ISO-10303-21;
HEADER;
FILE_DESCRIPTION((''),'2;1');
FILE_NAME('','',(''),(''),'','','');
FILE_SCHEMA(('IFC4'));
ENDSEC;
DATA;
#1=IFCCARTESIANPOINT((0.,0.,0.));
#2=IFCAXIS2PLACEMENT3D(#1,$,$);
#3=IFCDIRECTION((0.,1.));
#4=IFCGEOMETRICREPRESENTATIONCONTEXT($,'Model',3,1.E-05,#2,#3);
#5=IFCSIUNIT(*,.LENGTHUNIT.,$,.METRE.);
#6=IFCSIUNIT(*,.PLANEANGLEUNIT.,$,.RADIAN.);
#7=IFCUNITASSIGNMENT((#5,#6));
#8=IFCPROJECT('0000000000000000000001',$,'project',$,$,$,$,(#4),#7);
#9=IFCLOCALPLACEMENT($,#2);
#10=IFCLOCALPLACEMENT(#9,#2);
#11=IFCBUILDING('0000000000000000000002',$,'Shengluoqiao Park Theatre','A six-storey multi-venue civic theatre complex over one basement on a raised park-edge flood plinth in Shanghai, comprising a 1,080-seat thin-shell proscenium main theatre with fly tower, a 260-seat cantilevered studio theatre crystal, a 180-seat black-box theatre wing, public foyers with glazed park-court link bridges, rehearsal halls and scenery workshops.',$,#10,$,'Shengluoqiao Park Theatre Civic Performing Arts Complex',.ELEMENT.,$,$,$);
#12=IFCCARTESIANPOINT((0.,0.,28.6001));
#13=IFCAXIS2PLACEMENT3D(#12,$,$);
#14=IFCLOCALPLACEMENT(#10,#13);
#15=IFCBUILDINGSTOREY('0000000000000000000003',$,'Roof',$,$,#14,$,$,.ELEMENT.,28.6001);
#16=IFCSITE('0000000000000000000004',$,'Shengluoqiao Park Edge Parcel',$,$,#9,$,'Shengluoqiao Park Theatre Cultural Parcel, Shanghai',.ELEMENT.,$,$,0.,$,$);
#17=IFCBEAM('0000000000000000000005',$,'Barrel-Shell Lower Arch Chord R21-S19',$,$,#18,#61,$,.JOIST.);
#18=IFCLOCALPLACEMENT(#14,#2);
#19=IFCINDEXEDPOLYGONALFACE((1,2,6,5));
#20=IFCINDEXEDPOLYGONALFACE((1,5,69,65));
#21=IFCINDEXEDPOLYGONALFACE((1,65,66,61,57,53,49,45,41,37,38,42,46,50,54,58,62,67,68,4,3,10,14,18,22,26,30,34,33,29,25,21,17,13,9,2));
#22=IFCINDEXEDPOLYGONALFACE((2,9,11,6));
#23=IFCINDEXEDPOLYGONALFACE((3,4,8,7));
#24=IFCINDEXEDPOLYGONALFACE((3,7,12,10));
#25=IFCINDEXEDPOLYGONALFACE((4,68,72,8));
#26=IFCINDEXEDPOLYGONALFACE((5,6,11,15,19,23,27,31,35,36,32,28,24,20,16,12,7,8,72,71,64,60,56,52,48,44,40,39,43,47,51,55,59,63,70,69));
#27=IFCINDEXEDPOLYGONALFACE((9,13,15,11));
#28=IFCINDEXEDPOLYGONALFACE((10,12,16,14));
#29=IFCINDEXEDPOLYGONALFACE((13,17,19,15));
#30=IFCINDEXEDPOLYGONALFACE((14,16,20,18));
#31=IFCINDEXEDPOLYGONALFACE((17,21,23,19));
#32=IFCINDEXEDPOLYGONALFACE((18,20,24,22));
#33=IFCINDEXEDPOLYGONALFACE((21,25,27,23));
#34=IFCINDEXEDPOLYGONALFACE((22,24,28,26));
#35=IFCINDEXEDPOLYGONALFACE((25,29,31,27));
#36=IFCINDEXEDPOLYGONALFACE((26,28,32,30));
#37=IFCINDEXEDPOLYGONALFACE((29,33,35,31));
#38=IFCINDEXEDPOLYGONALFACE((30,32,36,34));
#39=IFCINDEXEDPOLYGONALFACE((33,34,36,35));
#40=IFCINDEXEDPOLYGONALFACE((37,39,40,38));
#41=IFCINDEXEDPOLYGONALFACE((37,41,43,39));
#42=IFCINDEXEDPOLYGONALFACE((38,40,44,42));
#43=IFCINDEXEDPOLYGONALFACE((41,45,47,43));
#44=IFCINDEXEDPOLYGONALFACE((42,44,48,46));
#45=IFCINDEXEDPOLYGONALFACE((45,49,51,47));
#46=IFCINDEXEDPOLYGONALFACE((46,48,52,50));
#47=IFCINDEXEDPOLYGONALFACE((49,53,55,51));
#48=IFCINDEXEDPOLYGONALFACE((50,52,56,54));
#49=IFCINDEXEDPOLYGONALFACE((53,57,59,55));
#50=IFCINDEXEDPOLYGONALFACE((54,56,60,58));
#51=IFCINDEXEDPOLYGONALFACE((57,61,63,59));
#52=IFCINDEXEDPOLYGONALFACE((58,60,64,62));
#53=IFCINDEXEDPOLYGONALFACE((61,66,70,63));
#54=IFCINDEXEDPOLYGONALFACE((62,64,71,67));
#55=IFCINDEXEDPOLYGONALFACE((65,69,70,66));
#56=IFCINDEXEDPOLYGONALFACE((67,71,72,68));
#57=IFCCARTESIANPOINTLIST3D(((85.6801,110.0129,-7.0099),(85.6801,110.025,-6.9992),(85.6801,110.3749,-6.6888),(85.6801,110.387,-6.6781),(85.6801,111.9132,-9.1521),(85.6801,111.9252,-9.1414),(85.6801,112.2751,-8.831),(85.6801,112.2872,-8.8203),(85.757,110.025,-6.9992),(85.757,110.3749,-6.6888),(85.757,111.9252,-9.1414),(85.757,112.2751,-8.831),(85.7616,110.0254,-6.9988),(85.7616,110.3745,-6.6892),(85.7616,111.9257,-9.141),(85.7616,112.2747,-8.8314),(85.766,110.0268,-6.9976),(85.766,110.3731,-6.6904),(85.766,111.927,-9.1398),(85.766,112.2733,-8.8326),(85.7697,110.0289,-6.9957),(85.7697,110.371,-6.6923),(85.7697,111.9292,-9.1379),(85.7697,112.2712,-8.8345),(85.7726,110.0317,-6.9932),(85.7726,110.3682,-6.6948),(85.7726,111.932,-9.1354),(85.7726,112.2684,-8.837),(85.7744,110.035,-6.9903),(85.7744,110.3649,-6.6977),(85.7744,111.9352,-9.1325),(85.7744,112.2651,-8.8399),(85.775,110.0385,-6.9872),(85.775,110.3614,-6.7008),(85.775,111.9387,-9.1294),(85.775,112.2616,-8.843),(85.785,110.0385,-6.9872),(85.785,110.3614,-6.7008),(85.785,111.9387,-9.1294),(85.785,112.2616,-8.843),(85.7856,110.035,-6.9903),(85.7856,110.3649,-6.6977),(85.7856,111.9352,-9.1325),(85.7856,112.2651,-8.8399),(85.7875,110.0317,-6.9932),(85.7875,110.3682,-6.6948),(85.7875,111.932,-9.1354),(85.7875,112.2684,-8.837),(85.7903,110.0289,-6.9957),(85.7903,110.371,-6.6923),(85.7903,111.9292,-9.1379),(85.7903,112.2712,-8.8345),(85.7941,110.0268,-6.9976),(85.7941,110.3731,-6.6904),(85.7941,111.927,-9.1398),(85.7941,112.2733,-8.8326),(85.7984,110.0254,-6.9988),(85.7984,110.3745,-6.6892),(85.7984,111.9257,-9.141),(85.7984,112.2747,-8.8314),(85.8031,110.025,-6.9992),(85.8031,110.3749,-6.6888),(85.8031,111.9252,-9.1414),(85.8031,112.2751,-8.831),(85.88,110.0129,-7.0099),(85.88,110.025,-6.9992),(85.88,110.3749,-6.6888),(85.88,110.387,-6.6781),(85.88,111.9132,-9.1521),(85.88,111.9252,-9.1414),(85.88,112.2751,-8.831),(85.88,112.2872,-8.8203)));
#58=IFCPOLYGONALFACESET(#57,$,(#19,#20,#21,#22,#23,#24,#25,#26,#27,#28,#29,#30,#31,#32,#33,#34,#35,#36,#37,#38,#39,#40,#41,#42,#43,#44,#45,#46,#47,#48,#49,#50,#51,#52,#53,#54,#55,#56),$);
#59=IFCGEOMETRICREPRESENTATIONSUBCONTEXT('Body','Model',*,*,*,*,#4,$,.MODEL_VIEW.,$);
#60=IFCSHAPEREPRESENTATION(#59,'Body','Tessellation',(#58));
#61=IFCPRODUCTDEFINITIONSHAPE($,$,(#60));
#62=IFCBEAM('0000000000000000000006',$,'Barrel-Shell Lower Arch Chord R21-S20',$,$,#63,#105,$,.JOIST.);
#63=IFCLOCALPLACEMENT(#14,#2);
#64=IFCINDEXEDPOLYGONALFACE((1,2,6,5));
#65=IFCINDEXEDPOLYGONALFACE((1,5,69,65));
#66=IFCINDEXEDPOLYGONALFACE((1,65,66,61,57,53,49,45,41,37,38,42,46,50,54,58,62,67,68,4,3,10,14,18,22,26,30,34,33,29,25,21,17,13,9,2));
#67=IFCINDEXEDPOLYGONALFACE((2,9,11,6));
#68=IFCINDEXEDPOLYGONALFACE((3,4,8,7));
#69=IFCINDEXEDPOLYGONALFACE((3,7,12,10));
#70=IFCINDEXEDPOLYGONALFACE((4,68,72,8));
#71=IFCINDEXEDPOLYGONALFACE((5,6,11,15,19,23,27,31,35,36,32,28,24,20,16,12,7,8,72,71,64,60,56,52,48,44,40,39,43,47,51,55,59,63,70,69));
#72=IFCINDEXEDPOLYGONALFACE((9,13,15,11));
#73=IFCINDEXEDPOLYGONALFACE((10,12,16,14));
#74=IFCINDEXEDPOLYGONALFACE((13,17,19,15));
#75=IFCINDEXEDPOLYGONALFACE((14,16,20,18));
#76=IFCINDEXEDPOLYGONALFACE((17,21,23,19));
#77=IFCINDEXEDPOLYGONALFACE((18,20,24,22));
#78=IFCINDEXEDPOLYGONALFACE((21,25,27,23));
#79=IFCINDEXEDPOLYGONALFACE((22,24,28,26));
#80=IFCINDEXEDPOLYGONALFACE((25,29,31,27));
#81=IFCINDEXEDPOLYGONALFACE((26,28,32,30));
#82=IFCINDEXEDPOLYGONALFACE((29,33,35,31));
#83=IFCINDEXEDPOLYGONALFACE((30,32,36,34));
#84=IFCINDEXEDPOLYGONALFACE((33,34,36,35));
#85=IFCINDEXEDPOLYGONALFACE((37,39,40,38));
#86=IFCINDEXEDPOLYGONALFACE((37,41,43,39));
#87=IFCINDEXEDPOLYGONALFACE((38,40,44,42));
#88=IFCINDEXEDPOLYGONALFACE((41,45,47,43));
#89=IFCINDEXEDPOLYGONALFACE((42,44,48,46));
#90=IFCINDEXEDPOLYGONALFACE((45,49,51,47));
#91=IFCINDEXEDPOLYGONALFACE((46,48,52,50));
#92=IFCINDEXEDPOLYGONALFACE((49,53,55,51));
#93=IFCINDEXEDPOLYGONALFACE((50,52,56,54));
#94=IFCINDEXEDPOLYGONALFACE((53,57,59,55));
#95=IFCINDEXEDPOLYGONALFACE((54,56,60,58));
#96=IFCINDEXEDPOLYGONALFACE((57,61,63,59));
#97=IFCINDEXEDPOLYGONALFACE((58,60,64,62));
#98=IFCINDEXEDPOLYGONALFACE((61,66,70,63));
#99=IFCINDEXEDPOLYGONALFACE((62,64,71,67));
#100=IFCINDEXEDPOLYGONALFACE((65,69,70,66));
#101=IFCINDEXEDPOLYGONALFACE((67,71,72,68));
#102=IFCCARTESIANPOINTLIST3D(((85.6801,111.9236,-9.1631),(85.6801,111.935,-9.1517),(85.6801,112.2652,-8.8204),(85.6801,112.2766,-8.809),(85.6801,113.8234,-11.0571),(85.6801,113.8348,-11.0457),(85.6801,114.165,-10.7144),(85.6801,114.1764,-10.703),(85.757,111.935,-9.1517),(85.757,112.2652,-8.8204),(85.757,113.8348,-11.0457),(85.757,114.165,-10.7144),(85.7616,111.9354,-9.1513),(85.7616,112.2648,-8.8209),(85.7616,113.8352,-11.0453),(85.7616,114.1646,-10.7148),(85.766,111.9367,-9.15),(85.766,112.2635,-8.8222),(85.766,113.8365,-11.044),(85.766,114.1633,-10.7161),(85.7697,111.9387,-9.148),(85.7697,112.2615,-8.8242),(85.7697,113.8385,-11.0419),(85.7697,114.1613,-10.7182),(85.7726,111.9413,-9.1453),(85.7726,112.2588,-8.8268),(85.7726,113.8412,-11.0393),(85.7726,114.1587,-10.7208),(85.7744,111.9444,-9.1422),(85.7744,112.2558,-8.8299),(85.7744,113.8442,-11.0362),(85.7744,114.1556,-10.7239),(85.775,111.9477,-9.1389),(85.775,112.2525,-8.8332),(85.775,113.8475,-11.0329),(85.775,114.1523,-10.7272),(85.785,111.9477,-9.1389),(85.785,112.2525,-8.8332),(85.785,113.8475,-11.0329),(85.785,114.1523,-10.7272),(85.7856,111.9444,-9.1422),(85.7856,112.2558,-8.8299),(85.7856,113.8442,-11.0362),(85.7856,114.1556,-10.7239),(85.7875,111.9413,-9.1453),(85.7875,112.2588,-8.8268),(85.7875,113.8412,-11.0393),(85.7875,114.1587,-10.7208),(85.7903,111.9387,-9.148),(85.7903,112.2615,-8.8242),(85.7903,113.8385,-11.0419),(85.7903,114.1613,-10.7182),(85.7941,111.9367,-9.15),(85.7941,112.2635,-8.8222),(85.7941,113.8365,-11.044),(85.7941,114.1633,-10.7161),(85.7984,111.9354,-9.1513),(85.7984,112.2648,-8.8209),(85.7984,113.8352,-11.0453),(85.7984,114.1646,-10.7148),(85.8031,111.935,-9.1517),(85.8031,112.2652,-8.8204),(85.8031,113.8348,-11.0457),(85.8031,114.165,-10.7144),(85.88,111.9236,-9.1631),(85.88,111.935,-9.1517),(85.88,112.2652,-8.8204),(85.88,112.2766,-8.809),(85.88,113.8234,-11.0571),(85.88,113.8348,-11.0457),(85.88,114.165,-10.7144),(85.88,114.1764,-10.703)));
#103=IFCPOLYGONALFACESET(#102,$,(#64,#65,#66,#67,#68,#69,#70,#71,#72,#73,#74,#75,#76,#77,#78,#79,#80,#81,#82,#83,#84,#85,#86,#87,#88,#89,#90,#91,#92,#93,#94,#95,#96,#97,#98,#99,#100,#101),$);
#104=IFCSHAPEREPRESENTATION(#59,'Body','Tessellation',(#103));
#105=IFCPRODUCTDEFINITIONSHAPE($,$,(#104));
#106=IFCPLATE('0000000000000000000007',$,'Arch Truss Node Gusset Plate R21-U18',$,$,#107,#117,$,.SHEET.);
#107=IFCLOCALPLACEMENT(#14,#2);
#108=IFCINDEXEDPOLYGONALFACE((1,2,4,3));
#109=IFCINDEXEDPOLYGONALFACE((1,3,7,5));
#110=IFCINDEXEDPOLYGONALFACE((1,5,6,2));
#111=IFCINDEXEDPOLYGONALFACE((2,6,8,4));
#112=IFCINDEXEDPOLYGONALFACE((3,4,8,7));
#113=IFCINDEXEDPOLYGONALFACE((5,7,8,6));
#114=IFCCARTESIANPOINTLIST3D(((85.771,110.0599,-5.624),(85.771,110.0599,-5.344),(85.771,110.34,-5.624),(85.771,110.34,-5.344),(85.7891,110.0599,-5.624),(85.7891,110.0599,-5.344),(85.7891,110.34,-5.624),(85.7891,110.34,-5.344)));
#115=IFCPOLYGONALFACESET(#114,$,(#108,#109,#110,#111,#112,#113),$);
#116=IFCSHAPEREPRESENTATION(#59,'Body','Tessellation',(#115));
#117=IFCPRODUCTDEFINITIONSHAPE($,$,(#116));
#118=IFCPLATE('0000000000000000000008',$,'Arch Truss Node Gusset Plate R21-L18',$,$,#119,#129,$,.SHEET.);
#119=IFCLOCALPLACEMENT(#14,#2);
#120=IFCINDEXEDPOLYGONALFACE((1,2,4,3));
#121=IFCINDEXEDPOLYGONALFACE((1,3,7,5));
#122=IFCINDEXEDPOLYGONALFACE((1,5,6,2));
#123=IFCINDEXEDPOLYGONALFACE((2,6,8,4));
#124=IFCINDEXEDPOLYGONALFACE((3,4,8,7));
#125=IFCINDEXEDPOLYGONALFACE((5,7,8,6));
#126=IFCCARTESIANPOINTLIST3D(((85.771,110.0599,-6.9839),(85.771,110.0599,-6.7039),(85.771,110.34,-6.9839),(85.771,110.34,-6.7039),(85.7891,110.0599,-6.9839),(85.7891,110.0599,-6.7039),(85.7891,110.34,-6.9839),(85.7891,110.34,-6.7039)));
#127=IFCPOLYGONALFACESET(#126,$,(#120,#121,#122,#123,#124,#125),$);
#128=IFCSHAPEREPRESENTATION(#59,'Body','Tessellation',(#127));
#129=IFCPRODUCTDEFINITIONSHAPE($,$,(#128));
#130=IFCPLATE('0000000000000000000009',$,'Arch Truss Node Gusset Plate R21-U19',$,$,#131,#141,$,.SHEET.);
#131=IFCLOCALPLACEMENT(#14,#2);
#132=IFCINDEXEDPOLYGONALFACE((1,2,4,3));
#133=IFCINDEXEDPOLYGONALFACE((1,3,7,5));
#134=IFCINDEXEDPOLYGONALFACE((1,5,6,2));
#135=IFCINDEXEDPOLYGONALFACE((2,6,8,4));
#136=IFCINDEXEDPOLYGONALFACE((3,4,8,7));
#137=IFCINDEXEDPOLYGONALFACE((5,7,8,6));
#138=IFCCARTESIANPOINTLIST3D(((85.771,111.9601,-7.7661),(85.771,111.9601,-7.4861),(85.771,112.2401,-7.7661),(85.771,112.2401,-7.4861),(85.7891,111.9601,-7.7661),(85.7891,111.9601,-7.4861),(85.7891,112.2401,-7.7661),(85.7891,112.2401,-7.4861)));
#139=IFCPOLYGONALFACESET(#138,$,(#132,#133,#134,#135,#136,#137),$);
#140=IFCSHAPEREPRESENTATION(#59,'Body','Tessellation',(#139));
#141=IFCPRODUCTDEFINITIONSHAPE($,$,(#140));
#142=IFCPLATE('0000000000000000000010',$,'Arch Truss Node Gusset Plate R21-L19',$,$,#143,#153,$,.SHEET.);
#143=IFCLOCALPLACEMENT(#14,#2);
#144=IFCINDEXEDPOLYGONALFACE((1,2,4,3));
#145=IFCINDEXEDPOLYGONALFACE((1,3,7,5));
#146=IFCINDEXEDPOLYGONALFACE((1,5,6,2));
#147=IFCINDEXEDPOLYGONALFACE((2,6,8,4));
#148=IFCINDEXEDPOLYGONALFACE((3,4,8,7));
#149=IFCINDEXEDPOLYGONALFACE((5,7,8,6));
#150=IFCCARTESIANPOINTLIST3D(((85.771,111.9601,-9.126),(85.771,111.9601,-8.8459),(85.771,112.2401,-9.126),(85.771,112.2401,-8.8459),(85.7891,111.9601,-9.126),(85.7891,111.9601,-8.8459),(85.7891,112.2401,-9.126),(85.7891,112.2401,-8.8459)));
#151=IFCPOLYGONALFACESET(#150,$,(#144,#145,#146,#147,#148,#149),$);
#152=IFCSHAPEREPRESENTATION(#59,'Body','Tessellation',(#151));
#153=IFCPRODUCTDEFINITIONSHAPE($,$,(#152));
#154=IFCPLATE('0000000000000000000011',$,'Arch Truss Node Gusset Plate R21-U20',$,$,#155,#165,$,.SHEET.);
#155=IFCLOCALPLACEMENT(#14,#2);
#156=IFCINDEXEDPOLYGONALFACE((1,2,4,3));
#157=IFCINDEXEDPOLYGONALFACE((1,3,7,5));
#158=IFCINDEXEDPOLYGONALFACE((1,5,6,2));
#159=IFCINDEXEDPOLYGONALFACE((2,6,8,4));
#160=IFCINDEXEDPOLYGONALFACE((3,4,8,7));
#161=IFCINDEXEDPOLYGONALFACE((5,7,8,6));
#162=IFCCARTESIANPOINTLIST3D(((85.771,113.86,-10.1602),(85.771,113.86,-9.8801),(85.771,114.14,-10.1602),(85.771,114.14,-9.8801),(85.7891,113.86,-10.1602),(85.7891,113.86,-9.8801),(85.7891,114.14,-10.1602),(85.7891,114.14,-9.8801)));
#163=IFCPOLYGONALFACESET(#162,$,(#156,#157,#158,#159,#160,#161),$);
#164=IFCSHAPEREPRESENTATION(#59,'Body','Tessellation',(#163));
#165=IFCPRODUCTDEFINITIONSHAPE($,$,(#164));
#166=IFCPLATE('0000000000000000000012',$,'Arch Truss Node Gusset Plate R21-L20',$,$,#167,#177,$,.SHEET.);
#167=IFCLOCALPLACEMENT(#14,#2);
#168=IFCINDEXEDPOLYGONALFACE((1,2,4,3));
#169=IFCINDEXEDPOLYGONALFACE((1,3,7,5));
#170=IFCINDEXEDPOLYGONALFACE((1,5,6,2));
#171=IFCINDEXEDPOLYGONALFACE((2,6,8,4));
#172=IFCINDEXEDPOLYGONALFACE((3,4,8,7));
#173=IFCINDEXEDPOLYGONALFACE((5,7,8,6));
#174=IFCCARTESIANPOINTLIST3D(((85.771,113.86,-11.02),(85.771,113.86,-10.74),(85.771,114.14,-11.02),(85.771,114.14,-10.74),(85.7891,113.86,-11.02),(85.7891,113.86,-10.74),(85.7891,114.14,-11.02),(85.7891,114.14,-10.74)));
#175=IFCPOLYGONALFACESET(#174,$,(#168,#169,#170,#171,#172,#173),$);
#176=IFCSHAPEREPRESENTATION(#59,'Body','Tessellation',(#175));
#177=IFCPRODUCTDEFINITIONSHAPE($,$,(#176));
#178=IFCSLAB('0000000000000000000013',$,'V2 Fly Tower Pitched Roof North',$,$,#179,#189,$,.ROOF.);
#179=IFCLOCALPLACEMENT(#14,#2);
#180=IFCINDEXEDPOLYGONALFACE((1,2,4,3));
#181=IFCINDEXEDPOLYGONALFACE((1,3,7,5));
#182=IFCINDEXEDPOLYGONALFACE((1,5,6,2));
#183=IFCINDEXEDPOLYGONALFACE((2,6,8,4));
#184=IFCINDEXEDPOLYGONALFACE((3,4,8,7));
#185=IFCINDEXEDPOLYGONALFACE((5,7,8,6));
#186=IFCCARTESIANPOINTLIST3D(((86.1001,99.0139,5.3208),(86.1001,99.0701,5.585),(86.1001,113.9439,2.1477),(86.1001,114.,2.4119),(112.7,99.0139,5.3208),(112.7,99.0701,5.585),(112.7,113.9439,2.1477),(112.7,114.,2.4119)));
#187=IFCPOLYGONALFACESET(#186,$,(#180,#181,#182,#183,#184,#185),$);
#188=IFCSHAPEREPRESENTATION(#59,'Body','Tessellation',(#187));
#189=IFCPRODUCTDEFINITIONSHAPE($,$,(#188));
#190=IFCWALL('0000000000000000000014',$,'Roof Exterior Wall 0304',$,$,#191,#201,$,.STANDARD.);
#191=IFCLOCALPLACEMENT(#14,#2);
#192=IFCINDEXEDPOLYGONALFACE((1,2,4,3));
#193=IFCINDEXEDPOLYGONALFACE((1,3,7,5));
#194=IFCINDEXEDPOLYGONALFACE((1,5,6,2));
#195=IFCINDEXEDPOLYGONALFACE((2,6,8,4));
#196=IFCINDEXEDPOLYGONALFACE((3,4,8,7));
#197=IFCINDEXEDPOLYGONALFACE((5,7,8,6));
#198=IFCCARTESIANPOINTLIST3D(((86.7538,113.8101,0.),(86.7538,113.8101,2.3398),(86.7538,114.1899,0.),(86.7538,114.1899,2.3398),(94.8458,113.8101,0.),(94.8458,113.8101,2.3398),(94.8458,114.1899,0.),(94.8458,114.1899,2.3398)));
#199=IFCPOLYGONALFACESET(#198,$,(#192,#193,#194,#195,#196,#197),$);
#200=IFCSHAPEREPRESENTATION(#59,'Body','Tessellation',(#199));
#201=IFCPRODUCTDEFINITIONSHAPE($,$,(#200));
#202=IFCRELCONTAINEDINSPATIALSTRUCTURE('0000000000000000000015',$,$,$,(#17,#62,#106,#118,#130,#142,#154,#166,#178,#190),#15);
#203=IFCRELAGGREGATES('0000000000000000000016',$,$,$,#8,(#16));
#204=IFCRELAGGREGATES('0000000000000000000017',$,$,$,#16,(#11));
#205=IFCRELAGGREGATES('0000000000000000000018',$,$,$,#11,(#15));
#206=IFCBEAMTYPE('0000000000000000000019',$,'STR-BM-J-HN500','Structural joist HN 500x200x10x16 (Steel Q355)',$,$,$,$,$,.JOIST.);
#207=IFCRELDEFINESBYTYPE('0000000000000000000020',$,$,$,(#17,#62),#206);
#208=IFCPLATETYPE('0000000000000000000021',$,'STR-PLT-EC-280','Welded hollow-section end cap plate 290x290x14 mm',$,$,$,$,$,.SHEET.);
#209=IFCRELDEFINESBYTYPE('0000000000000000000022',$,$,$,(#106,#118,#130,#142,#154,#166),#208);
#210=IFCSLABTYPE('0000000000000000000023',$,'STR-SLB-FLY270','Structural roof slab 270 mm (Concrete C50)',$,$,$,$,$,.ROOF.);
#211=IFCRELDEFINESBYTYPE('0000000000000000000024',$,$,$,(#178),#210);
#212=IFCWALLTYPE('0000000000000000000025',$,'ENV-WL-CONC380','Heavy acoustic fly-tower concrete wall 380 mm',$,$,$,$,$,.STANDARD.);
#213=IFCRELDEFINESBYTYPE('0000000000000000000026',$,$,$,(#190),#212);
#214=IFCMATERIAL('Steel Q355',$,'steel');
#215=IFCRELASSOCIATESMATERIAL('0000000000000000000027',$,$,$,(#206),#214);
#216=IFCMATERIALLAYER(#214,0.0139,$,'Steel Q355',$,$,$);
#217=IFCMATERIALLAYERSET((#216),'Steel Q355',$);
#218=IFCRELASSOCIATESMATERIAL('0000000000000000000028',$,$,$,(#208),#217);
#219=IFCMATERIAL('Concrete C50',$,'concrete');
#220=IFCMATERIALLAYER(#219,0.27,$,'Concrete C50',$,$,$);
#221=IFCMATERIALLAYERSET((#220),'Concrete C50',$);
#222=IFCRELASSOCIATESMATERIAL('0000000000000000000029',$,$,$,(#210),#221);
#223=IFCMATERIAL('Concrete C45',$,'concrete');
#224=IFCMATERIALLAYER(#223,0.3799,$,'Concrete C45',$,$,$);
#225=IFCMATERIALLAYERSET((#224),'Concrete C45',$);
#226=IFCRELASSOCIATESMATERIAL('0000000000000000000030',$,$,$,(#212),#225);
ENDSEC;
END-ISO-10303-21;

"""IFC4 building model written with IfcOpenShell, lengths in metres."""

from ifc_helpers import new_model, si_unit, direction, frame, frame_2d, origin, origin_2d, place, context, subcontext, project, spatial, polyline, rectangle, i_section, outline, extrude, material, layer, layer_set, material_profile, profile_set, type_object, element, save


model = new_model("IFC4")

# Units and contexts
model_context = context("Model", 3, precision=1e-05, world=origin(), true_north=direction((0.0, 1.0)))
body_context = subcontext(model_context, "Body", "Model", "MODEL_VIEW")
ifc_project = project(units=[si_unit("LENGTHUNIT", "METRE"), si_unit("PLANEANGLEUNIT", "RADIAN")], contexts=[model_context])

# Site, building, storey
site_placement = place(None, origin())
site = spatial("IfcSite", under=ifc_project, at=site_placement, Name="Shengluoqiao Park Edge Parcel", LongName="Shengluoqiao Park Theatre Cultural Parcel, Shanghai", CompositionType="ELEMENT", RefElevation=0.0)
building_placement = place(site_placement, origin())
building = spatial("IfcBuilding", under=site, at=building_placement, Name="Shengluoqiao Park Theatre", Description="A six-storey multi-venue civic theatre complex over one basement on a raised park-edge flood plinth in Shanghai, comprising a 1,080-seat thin-shell proscenium main theatre with fly tower, a 260-seat cantilevered studio theatre crystal, a 180-seat black-box theatre wing, public foyers with glazed park-court link bridges, rehearsal halls and scenery workshops.", LongName="Shengluoqiao Park Theatre Civic Performing Arts Complex", CompositionType="ELEMENT")
storey_placement = place(building_placement, frame((0.0, 0.0, 28.6001)))
storey = spatial("IfcBuildingStorey", under=building, at=storey_placement, Name="Roof", CompositionType="ELEMENT", Elevation=28.6001)

# Shared definitions
ifc_material_1 = material(Name="Concrete C50", Category="concrete")

# Beams
ifc_material_2 = material(Name="Steel Q355", Category="steel")
ifc_material_profile_1 = material_profile(ifc_material_2, i_section(OverallWidth=0.2, OverallDepth=0.5, WebThickness=0.01, FlangeThickness=0.0161, FilletRadius=0.0181, at=origin_2d()), Name="HN 500x200x10x16")
ifc_profile_set_1 = profile_set([ifc_material_profile_1], Name="Steel Q355")
beam_type_1 = type_object("IfcBeamType", Name="STR-BM-J-HN500", Description="Structural joist HN 500x200x10x16 (Steel Q355)", PredefinedType="JOIST", material=ifc_profile_set_1)
beam_1_placement = place(storey_placement, frame((85.78, 110.2, -6.844), z_axis=(0.0, 0.663596, -0.748091), x_axis=(-1.0, 0.0, 0.0)))
element("IfcBeam", 1, at=beam_1_placement, inside=storey, type_object=beam_type_1, Name="Barrel-Shell Lower Arch Chord R21-S19", PredefinedType="JOIST", context=body_context, shape_type="SweptSolid", body=[
    extrude(i_section(OverallWidth=0.2, OverallDepth=0.5, WebThickness=0.01, FlangeThickness=0.0161, FilletRadius=0.0181, at=origin_2d()), origin(), (0.0, 0.0, 1.0), 2.8635),
])
beam_2_placement = place(storey_placement, frame((85.78, 112.1001, -8.9861), z_axis=(0.0, 0.708198, -0.706014), x_axis=(-1.0, 0.0, 0.0)))
element("IfcBeam", 2, at=beam_2_placement, inside=storey, type_object=beam_type_1, Name="Barrel-Shell Lower Arch Chord R21-S20", PredefinedType="JOIST", context=body_context, shape_type="SweptSolid", body=[
    extrude(i_section(OverallWidth=0.2, OverallDepth=0.5, WebThickness=0.01, FlangeThickness=0.0161, FilletRadius=0.0181, at=origin_2d()), origin(), (0.0, 0.0, 1.0), 2.6826),
])

# Plates
ifc_layer_1 = layer(ifc_material_2, 0.0139, Name="Steel Q355")
ifc_layer_set_1 = layer_set([ifc_layer_1], Name="Steel Q355")
plate_type = type_object("IfcPlateType", Name="STR-PLT-EC-280", Description="Welded hollow-section end cap plate 290x290x14 mm", PredefinedType="SHEET", material=ifc_layer_set_1)
for number, where, z_axis, x_axis, name in (
    (3, (85.78, 110.2, -5.624), (0.0, 0.0, 1.0), (1.0, 0.0, 0.0), "Arch Truss Node Gusset Plate R21-U18"),
    (4, (85.78, 110.2, -6.9839), (0.0, 0.0, 1.0), (1.0, 0.0, 0.0), "Arch Truss Node Gusset Plate R21-L18"),
    (5, (85.78, 112.1001, -7.7661), (0.0, 0.0, 1.0), (1.0, 0.0, 0.0), "Arch Truss Node Gusset Plate R21-U19"),
    (6, (85.78, 112.1001, -9.126), (0.0, 0.0, 1.0), (1.0, 0.0, 0.0), "Arch Truss Node Gusset Plate R21-L19"),
    (7, (85.78, 114.0, -10.1602), (0.0, 0.0, 1.0), (1.0, 0.0, 0.0), "Arch Truss Node Gusset Plate R21-U20"),
    (8, (85.78, 114.0, -11.02), (0.0, 0.0, 1.0), (1.0, 0.0, 0.0), "Arch Truss Node Gusset Plate R21-L20"),
):
    element("IfcPlate", number, at=place(storey_placement, frame(where, z_axis=z_axis, x_axis=x_axis)), inside=storey, type_object=plate_type, Name=name, PredefinedType="SHEET", context=body_context, shape_type="SweptSolid", body=[
        extrude(rectangle(XDim=0.0181, YDim=0.28, at=origin_2d()), origin(), (0.0, 0.0, 1.0), 0.28),
    ])

# Slab
ifc_layer_2 = layer(ifc_material_1, 0.27, Name="Concrete C50")
ifc_layer_set_2 = layer_set([ifc_layer_2], Name="Concrete C50")
slab_type = type_object("IfcSlabType", Name="STR-SLB-FLY270", Description="Structural roof slab 270 mm (Concrete C50)", PredefinedType="ROOF", material=ifc_layer_set_2)
slab_placement = place(storey_placement, frame((86.1001, 99.0701, 5.585), z_axis=(0.0, 0.207889, 0.978152), x_axis=(1.0, 0.0, 0.0)))
element("IfcSlab", 9, at=slab_placement, inside=storey, type_object=slab_type, Name="V2 Fly Tower Pitched Roof North", PredefinedType="ROOF", context=body_context, shape_type="SweptSolid", body=[
    extrude(outline(polyline([(0.0, 0.0), (26.5999, 0.0), (26.5999, 15.2634), (0.0, 15.2634), (0.0, 0.0)])), origin(), (0.0, 0.0, -1.0), 0.27),
])

# Wall
ifc_material_3 = material(Name="Concrete C45", Category="concrete")
ifc_layer_3 = layer(ifc_material_3, 0.3799, Name="Concrete C45")
ifc_layer_set_3 = layer_set([ifc_layer_3], Name="Concrete C45")
wall_type_1 = type_object("IfcWallType", Name="ENV-WL-CONC380", Description="Heavy acoustic fly-tower concrete wall 380 mm", PredefinedType="STANDARD", material=ifc_layer_set_3)
for number, where, z_axis, x_axis, name in (
    (10, (86.7539, 114.0, 0.0), (0.0, 0.0, 1.0), (1.0, 0.0, 0.0), "Roof Exterior Wall 0304"),
):
    element("IfcWall", number, at=place(storey_placement, frame(where, z_axis=z_axis, x_axis=x_axis)), inside=storey, type_object=wall_type_1, Name=name, PredefinedType="STANDARD", context=body_context, shape_type="SweptSolid", body=[
        extrude(rectangle(XDim=8.092, YDim=0.3799, at=frame_2d((4.0459, 0.0))), origin(), (0.0, 0.0, 1.0), 2.3398),
    ])

save(model, "model.ifc")
